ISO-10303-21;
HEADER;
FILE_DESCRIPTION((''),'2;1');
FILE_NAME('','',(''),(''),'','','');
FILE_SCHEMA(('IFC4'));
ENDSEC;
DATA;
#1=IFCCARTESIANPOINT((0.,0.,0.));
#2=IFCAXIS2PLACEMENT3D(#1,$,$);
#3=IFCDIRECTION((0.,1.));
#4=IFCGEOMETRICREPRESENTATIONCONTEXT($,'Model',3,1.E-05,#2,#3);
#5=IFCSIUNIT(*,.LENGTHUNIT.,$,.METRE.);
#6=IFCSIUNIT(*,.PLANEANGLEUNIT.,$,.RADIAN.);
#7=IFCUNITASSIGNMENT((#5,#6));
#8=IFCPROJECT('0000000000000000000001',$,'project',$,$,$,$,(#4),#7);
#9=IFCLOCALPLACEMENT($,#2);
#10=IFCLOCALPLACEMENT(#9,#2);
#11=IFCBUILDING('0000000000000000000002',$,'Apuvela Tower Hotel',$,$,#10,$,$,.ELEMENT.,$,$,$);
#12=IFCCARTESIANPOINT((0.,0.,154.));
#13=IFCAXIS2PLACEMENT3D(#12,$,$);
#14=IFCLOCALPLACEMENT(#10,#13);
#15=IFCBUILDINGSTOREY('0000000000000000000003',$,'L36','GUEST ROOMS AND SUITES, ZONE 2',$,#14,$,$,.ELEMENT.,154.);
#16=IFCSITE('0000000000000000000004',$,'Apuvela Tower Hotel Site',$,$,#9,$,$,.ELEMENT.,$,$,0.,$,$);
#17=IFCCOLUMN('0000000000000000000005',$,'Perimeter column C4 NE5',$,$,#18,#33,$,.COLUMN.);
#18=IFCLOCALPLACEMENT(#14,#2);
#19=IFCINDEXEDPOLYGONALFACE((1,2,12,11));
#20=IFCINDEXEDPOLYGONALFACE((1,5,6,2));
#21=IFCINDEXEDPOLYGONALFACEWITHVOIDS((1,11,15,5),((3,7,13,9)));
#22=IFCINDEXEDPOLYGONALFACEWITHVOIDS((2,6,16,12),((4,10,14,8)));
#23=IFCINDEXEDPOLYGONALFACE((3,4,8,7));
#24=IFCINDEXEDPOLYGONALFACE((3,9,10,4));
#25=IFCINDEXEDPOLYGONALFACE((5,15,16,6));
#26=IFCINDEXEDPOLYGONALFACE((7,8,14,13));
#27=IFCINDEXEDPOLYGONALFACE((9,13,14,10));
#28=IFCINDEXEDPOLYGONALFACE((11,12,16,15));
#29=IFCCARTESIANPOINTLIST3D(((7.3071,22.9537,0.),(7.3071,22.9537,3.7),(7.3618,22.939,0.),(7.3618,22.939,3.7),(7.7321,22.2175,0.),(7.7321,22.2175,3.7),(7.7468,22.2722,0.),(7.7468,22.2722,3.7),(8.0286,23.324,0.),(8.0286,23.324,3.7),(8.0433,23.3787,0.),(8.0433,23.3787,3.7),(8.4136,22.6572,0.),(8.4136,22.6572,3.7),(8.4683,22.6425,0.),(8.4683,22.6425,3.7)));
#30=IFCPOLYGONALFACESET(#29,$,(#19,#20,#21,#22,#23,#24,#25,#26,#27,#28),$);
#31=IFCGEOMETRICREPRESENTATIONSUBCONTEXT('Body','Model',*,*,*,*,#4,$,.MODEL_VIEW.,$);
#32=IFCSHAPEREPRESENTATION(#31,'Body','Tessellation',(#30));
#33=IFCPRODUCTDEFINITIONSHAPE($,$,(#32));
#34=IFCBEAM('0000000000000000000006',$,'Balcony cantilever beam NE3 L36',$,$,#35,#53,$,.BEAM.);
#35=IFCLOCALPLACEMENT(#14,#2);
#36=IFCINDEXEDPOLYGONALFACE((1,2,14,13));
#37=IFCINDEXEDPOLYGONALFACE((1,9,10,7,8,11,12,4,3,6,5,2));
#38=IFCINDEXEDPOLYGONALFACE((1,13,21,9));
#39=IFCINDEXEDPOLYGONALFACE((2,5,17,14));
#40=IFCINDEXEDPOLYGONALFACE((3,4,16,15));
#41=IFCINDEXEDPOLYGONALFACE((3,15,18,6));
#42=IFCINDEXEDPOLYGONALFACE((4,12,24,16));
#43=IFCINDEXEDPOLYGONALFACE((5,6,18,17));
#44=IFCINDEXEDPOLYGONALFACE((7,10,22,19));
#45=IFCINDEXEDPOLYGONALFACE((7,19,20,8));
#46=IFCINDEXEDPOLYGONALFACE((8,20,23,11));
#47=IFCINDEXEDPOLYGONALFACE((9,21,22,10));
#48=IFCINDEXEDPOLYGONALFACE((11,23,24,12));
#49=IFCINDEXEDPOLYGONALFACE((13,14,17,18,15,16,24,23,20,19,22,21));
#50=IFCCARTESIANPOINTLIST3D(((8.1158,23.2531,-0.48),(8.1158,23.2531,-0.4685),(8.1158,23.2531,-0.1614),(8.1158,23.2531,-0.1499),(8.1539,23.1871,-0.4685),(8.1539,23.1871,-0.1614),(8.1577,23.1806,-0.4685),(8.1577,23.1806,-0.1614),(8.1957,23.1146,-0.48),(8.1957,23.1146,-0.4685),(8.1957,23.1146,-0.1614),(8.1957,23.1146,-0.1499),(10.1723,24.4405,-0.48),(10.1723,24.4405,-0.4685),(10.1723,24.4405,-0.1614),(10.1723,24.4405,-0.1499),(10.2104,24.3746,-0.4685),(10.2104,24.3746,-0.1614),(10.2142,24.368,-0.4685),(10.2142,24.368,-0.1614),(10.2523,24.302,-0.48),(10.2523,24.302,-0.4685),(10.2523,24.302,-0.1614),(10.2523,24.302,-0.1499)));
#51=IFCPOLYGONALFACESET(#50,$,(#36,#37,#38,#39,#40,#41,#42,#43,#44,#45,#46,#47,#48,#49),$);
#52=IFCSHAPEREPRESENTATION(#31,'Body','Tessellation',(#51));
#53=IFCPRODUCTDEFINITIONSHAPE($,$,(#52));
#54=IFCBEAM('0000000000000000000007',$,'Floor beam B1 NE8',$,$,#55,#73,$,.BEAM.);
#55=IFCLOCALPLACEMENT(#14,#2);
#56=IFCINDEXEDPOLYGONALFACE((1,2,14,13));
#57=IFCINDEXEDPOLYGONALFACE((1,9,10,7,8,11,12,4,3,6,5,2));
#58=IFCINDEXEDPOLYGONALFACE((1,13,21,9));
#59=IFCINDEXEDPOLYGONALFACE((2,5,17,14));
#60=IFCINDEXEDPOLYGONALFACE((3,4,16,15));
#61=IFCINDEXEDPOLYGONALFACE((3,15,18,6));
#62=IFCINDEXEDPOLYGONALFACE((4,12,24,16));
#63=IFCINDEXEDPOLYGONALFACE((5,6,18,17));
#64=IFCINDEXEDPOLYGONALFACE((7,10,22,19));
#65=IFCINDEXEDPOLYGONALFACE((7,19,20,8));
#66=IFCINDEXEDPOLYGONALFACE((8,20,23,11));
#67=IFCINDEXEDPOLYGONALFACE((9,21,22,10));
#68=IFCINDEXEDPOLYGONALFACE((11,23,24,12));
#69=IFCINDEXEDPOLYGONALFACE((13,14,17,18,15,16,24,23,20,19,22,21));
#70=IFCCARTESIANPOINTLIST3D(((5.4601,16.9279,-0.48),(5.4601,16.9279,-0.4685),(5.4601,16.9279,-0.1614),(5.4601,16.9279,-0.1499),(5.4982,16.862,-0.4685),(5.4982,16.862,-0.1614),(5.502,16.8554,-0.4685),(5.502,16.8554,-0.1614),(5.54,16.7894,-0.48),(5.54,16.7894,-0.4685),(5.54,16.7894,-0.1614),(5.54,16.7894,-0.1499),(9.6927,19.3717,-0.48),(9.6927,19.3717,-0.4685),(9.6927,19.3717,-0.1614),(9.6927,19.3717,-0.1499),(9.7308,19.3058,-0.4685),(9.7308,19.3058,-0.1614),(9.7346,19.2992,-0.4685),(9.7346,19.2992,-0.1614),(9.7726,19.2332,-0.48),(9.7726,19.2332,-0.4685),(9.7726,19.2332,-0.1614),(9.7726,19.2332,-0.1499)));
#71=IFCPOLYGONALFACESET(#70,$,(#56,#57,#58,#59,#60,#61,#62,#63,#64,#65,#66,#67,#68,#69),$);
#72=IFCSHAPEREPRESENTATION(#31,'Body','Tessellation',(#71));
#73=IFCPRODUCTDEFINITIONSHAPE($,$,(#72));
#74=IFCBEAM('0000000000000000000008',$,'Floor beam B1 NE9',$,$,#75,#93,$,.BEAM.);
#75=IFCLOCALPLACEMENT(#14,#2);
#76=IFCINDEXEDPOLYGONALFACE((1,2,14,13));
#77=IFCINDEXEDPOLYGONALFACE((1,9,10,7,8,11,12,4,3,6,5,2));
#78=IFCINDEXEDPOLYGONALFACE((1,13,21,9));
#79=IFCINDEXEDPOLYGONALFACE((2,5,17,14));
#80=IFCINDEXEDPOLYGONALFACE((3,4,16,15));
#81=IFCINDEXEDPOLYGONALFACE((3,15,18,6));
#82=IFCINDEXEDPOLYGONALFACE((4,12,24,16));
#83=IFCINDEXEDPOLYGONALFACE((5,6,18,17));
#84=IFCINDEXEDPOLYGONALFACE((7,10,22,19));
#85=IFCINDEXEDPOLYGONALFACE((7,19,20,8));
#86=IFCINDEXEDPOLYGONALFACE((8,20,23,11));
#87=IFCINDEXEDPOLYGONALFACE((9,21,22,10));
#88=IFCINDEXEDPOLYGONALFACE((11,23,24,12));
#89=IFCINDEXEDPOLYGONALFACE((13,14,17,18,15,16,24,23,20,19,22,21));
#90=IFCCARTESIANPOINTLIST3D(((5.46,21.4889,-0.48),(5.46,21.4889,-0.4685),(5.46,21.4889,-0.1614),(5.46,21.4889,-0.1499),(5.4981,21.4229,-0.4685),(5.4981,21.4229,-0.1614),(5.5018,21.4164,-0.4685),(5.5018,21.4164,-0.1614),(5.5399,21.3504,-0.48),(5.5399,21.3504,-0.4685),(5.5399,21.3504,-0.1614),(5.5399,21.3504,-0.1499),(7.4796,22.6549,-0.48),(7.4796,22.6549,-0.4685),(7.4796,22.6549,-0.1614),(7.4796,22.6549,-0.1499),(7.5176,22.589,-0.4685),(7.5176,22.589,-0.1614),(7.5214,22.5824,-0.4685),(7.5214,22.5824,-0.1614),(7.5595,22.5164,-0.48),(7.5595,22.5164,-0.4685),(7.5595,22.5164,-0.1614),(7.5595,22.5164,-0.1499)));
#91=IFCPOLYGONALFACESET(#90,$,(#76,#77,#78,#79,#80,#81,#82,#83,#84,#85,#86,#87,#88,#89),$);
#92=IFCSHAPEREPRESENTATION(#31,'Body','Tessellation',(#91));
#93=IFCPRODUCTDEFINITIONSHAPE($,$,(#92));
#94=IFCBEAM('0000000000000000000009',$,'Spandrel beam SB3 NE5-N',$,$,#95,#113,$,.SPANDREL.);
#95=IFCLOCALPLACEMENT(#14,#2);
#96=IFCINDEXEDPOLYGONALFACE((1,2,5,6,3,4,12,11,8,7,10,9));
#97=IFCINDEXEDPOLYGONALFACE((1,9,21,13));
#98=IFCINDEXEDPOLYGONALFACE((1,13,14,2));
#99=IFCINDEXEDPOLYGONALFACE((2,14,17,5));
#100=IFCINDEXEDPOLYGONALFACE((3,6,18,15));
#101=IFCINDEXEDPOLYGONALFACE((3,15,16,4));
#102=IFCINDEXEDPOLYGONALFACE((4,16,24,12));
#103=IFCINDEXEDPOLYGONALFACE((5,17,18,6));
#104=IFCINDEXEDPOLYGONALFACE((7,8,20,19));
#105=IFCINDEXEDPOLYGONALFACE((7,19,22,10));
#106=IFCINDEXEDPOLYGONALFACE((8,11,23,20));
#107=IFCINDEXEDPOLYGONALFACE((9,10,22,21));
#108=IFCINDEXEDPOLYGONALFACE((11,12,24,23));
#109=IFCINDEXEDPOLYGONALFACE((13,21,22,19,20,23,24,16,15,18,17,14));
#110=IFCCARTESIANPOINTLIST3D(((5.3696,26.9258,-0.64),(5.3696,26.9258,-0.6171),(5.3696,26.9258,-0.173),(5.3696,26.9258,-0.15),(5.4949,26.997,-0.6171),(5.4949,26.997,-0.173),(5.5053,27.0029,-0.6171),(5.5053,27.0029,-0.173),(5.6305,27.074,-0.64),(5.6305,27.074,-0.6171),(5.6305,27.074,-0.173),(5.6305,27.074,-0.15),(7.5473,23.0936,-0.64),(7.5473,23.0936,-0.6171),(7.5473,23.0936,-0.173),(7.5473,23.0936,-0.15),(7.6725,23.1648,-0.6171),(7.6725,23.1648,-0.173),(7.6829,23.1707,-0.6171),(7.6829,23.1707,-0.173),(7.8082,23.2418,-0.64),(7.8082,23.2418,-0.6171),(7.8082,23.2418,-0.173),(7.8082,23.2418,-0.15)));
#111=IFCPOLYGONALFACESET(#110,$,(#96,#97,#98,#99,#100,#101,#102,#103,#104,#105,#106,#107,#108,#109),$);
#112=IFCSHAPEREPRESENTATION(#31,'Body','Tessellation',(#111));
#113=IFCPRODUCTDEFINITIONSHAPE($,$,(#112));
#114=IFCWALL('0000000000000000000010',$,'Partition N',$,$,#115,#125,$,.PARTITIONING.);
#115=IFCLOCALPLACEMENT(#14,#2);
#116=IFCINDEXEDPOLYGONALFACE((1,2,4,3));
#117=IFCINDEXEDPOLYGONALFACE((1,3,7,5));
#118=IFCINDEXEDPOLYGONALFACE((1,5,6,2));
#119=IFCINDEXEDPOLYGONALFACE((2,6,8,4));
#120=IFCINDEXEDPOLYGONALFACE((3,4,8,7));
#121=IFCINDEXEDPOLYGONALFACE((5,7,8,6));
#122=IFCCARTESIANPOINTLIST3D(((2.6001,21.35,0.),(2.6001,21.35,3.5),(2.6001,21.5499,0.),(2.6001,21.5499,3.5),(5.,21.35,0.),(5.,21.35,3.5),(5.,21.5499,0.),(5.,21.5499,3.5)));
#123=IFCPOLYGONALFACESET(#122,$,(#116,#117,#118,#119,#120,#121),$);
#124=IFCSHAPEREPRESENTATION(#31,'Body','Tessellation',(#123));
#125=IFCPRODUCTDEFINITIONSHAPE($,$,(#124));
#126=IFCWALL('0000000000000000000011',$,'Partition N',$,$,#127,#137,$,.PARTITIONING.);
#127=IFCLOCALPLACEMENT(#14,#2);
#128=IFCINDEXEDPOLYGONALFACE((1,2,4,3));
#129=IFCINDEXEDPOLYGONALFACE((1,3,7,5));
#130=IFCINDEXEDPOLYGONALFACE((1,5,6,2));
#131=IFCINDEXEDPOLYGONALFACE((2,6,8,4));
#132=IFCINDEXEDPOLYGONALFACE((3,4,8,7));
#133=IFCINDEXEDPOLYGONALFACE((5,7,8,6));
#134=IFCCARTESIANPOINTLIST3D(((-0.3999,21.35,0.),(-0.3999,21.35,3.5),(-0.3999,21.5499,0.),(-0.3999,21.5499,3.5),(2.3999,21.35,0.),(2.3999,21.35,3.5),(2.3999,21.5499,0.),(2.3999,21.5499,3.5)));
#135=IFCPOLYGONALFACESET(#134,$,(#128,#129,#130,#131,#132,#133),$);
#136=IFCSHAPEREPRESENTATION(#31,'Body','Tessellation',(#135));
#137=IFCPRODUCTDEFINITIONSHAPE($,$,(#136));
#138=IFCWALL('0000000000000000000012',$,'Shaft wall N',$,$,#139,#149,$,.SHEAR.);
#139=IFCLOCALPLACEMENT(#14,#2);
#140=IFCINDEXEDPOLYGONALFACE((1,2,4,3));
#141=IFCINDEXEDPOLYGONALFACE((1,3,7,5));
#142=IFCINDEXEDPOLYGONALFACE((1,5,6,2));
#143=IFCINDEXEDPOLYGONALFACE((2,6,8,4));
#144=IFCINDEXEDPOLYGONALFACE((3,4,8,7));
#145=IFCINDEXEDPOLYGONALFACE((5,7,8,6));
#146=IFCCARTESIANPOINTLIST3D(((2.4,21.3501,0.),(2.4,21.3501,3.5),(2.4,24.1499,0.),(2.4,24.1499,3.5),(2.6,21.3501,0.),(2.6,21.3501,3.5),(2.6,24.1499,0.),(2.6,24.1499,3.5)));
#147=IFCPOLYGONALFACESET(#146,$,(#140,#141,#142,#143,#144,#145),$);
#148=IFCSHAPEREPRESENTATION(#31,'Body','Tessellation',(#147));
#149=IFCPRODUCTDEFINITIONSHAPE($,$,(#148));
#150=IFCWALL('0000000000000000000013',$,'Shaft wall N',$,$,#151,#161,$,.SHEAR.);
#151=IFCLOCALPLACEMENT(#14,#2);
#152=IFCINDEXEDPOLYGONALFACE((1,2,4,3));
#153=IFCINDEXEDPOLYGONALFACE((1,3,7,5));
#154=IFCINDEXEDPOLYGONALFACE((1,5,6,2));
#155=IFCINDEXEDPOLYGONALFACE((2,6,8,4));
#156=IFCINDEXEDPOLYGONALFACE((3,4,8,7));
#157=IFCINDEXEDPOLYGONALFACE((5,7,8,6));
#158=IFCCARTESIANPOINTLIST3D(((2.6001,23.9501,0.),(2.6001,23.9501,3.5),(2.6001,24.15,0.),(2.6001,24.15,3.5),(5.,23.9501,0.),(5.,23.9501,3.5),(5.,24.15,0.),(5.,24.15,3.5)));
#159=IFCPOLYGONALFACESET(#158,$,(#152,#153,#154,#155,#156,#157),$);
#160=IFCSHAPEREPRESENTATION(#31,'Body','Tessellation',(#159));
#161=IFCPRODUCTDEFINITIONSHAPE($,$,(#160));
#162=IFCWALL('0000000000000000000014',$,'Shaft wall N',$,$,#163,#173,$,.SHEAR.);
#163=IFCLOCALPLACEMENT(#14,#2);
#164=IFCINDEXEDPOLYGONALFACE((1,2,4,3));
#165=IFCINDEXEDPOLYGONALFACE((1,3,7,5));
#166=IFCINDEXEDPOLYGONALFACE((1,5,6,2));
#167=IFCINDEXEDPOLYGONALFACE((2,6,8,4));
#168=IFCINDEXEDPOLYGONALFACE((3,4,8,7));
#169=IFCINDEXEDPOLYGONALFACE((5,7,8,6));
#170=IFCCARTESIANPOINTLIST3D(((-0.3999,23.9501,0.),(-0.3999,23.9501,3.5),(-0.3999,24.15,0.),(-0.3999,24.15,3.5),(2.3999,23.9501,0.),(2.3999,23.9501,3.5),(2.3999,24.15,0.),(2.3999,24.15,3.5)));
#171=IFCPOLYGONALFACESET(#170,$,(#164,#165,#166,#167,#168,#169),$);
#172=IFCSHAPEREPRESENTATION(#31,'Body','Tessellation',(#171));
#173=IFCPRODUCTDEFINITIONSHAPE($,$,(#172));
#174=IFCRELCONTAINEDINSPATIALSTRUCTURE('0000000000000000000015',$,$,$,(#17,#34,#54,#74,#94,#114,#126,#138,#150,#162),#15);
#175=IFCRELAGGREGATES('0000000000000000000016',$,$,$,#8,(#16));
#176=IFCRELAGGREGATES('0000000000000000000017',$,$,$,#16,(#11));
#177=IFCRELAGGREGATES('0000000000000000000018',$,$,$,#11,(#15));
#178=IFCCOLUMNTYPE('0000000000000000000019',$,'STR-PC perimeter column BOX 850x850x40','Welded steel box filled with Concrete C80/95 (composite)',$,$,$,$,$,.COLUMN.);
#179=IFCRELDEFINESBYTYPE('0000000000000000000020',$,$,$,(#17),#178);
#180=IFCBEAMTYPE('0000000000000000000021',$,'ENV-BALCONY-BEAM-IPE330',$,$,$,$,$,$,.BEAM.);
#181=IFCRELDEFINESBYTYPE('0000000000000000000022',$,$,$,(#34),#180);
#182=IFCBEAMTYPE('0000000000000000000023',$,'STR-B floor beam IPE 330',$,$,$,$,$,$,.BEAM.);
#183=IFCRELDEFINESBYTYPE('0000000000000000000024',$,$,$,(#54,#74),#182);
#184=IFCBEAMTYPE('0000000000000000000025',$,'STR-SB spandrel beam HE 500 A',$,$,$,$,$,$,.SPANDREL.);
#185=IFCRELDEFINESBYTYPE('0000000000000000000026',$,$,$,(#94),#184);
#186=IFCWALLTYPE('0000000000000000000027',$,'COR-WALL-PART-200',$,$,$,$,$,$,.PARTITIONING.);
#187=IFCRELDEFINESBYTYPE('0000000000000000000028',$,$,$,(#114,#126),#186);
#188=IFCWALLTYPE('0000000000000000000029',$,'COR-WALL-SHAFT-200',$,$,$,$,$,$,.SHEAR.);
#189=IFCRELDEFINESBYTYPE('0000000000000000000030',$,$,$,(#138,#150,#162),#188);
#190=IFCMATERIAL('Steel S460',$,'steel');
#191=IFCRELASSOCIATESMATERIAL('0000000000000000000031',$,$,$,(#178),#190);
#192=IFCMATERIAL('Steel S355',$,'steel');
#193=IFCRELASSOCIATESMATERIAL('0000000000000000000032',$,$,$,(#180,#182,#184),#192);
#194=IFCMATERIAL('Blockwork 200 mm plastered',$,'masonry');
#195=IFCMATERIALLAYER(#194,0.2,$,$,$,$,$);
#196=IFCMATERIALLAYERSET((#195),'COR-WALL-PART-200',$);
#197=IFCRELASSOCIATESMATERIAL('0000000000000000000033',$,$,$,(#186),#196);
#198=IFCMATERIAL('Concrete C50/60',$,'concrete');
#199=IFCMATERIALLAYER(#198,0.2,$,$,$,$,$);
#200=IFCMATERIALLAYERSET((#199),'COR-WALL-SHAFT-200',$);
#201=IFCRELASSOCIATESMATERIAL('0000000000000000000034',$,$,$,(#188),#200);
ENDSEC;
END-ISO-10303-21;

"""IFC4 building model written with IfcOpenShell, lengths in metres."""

from ifc_helpers import new_model, si_unit, direction, frame, frame_2d, origin, origin_2d, place, context, subcontext, project, spatial, rectangle, hollow_rectangle, i_section, extrude, material, layer, layer_set, material_profile, profile_set, type_object, element, save


model = new_model("IFC4")

# Units and contexts
model_context = context("Model", 3, precision=1e-05, world=origin(), true_north=direction((0.0, 1.0)))
body_context = subcontext(model_context, "Body", "Model", "MODEL_VIEW")
ifc_project = project(units=[si_unit("LENGTHUNIT", "METRE"), si_unit("PLANEANGLEUNIT", "RADIAN")], contexts=[model_context])

# Site, building, storey
site_placement = place(None, origin())
site = spatial("IfcSite", under=ifc_project, at=site_placement, Name="Apuvela Tower Hotel Site", CompositionType="ELEMENT", RefElevation=0.0)
building_placement = place(site_placement, origin())
building = spatial("IfcBuilding", under=site, at=building_placement, Name="Apuvela Tower Hotel", CompositionType="ELEMENT")
storey_placement = place(building_placement, frame((0.0, 0.0, 154.0)))
storey = spatial("IfcBuildingStorey", under=building, at=storey_placement, Name="L36", Description="GUEST ROOMS AND SUITES, ZONE 2", CompositionType="ELEMENT", Elevation=154.0)

# Column
ifc_material_1 = material(Name="Steel S460", Category="steel")
ifc_material_profile_1 = material_profile(ifc_material_1, hollow_rectangle(XDim=0.8501, YDim=0.8501, WallThickness=0.04, at=origin_2d()), Name="BOX 850x850x40")
ifc_material_2 = material(Name="Concrete C80/95", Category="concrete")
ifc_material_profile_2 = material_profile(ifc_material_2, rectangle(XDim=0.77, YDim=0.77, at=origin_2d()), Name="Concrete C80/95 infill")
ifc_profile_set_1 = profile_set([ifc_material_profile_1, ifc_material_profile_2], Name="Steel S460")
column_type = type_object("IfcColumnType", Name="STR-PC perimeter column BOX 850x850x40", Description="Welded steel box filled with Concrete C80/95 (composite)", PredefinedType="COLUMN", material=ifc_profile_set_1)
column_placement = place(storey_placement, frame((7.8877, 22.7981, 0.0), z_axis=(0.0, 0.0, 1.0), x_axis=(-0.5, 0.866025, 0.0)))
element("IfcColumn", 1, at=column_placement, inside=storey, type_object=column_type, Name="Perimeter column C4 NE5", PredefinedType="COLUMN", context=body_context, shape_type="SweptSolid", body=[
    extrude(hollow_rectangle(XDim=0.8501, YDim=0.8501, WallThickness=0.04, at=origin_2d()), origin(), (0.0, 0.0, 1.0), 3.7),
])

# Beams
ifc_material_3 = material(Name="Steel S355", Category="steel")
ifc_material_profile_3 = material_profile(ifc_material_3, i_section(OverallWidth=0.1599, OverallDepth=0.3301, WebThickness=0.0076, FlangeThickness=0.0115, at=origin_2d()), Name="IPE 330")
ifc_profile_set_2 = profile_set([ifc_material_profile_3], Name="Steel S355")
beam_type_1 = type_object("IfcBeamType", Name="ENV-BALCONY-BEAM-IPE330", PredefinedType="BEAM", material=ifc_profile_set_2)
beam_1_placement = place(storey_placement, frame((8.1558, 23.1838, -0.3149), z_axis=(0.866008, 0.500031, 0.0), x_axis=(-0.500031, 0.866008, 0.0)))
element("IfcBeam", 2, at=beam_1_placement, inside=storey, type_object=beam_type_1, Name="Balcony cantilever beam NE3 L36", PredefinedType="BEAM", context=body_context, shape_type="SweptSolid", body=[
    extrude(i_section(OverallWidth=0.1599, OverallDepth=0.3301, WebThickness=0.0076, FlangeThickness=0.0115, at=origin_2d()), origin(), (0.0, 0.0, 1.0), 2.3748),
])
ifc_material_profile_4 = material_profile(ifc_material_3, i_section(OverallWidth=0.1599, OverallDepth=0.3301, WebThickness=0.0076, FlangeThickness=0.0115, at=origin_2d()), Name="IPE 330")
ifc_profile_set_3 = profile_set([ifc_material_profile_4], Name="Steel S355")
beam_type_2 = type_object("IfcBeamType", Name="STR-B floor beam IPE 330", PredefinedType="BEAM", material=ifc_profile_set_3)
beam_2_placement = place(storey_placement, frame((9.7327, 19.3025, -0.3149), z_axis=(-0.866015, -0.500018, 0.0), x_axis=(0.500018, -0.866015, 0.0)))
element("IfcBeam", 3, at=beam_2_placement, inside=storey, type_object=beam_type_2, Name="Floor beam B1 NE8", PredefinedType="BEAM", context=body_context, shape_type="SweptSolid", body=[
    extrude(i_section(OverallWidth=0.1599, OverallDepth=0.3301, WebThickness=0.0076, FlangeThickness=0.0115, at=origin_2d()), origin(), (0.0, 0.0, 1.0), 4.8875),
])
beam_3_placement = place(storey_placement, frame((7.5195, 22.5857, -0.3149), z_axis=(-0.866018, -0.500012, 0.0), x_axis=(0.500012, -0.866018, 0.0)))
element("IfcBeam", 4, at=beam_3_placement, inside=storey, type_object=beam_type_2, Name="Floor beam B1 NE9", PredefinedType="BEAM", context=body_context, shape_type="SweptSolid", body=[
    extrude(i_section(OverallWidth=0.1599, OverallDepth=0.3301, WebThickness=0.0076, FlangeThickness=0.0115, at=origin_2d()), origin(), (0.0, 0.0, 1.0), 2.332),
])
ifc_material_profile_5 = material_profile(ifc_material_3, i_section(OverallWidth=0.3, OverallDepth=0.49, WebThickness=0.012, FlangeThickness=0.0229, at=origin_2d()), Name="HE 500 A")
ifc_profile_set_4 = profile_set([ifc_material_profile_5], Name="Steel S355")
beam_type_3 = type_object("IfcBeamType", Name="STR-SB spandrel beam HE 500 A", PredefinedType="SPANDREL", material=ifc_profile_set_4)
beam_4_placement = place(storey_placement, frame((7.6777, 23.1677, -0.395), z_axis=(-0.494062, 0.869427, 0.0), x_axis=(-0.869427, -0.494062, 0.0)))
element("IfcBeam", 5, at=beam_4_placement, inside=storey, type_object=beam_type_3, Name="Spandrel beam SB3 NE5-N", PredefinedType="SPANDREL", context=body_context, shape_type="SweptSolid", body=[
    extrude(i_section(OverallWidth=0.3, OverallDepth=0.49, WebThickness=0.012, FlangeThickness=0.0229, at=origin_2d()), origin(), (0.0, 0.0, 1.0), 4.4077),
])

# Walls
ifc_material_4 = material(Name="Blockwork 200 mm plastered", Category="masonry")
ifc_layer_1 = layer(ifc_material_4, 0.2)
ifc_layer_set_1 = layer_set([ifc_layer_1], Name="COR-WALL-PART-200")
wall_type_1 = type_object("IfcWallType", Name="COR-WALL-PART-200", PredefinedType="PARTITIONING", material=ifc_layer_set_1)
wall_1_placement = place(storey_placement, frame((5.0, 21.45, 0.0), z_axis=(0.0, 0.0, 1.0), x_axis=(-1.0, 0.0, 0.0)))
element("IfcWall", 6, at=wall_1_placement, inside=storey, type_object=wall_type_1, Name="Partition N", PredefinedType="PARTITIONING", context=body_context, shape_type="SweptSolid", body=[
    extrude(rectangle(XDim=2.3999, YDim=0.2, at=frame_2d((1.2, 0.0))), origin(), (0.0, 0.0, 1.0), 3.5),
])
wall_2_placement = place(storey_placement, frame((2.3999, 21.45, 0.0), z_axis=(0.0, 0.0, 1.0), x_axis=(-1.0, 0.0, 0.0)))
element("IfcWall", 7, at=wall_2_placement, inside=storey, type_object=wall_type_1, Name="Partition N", PredefinedType="PARTITIONING", context=body_context, shape_type="SweptSolid", body=[
    extrude(rectangle(XDim=2.7998, YDim=0.2, at=frame_2d((1.3999, 0.0))), origin(), (0.0, 0.0, 1.0), 3.5),
])
ifc_material_5 = material(Name="Concrete C50/60", Category="concrete")
ifc_layer_2 = layer(ifc_material_5, 0.2)
ifc_layer_set_2 = layer_set([ifc_layer_2], Name="COR-WALL-SHAFT-200")
wall_type_2 = type_object("IfcWallType", Name="COR-WALL-SHAFT-200", PredefinedType="SHEAR", material=ifc_layer_set_2)
wall_3_placement = place(storey_placement, frame((2.5, 21.3501, 0.0), z_axis=(0.0, 0.0, 1.0), x_axis=(0.0, 1.0, 0.0)))
element("IfcWall", 8, at=wall_3_placement, inside=storey, type_object=wall_type_2, Name="Shaft wall N", PredefinedType="SHEAR", context=body_context, shape_type="SweptSolid", body=[
    extrude(rectangle(XDim=2.7998, YDim=0.2, at=frame_2d((1.3999, 0.0))), origin(), (0.0, 0.0, 1.0), 3.5),
])
wall_4_placement = place(storey_placement, frame((5.0, 24.05, 0.0), z_axis=(0.0, 0.0, 1.0), x_axis=(-1.0, 0.0, 0.0)))
element("IfcWall", 9, at=wall_4_placement, inside=storey, type_object=wall_type_2, Name="Shaft wall N", PredefinedType="SHEAR", context=body_context, shape_type="SweptSolid", body=[
    extrude(rectangle(XDim=2.3999, YDim=0.2, at=frame_2d((1.2, 0.0))), origin(), (0.0, 0.0, 1.0), 3.5),
])
wall_5_placement = place(storey_placement, frame((2.3999, 24.05, 0.0), z_axis=(0.0, 0.0, 1.0), x_axis=(-1.0, 0.0, 0.0)))
element("IfcWall", 10, at=wall_5_placement, inside=storey, type_object=wall_type_2, Name="Shaft wall N", PredefinedType="SHEAR", context=body_context, shape_type="SweptSolid", body=[
    extrude(rectangle(XDim=2.7998, YDim=0.2, at=frame_2d((1.3999, 0.0))), origin(), (0.0, 0.0, 1.0), 3.5),
])

save(model, "model.ifc")
